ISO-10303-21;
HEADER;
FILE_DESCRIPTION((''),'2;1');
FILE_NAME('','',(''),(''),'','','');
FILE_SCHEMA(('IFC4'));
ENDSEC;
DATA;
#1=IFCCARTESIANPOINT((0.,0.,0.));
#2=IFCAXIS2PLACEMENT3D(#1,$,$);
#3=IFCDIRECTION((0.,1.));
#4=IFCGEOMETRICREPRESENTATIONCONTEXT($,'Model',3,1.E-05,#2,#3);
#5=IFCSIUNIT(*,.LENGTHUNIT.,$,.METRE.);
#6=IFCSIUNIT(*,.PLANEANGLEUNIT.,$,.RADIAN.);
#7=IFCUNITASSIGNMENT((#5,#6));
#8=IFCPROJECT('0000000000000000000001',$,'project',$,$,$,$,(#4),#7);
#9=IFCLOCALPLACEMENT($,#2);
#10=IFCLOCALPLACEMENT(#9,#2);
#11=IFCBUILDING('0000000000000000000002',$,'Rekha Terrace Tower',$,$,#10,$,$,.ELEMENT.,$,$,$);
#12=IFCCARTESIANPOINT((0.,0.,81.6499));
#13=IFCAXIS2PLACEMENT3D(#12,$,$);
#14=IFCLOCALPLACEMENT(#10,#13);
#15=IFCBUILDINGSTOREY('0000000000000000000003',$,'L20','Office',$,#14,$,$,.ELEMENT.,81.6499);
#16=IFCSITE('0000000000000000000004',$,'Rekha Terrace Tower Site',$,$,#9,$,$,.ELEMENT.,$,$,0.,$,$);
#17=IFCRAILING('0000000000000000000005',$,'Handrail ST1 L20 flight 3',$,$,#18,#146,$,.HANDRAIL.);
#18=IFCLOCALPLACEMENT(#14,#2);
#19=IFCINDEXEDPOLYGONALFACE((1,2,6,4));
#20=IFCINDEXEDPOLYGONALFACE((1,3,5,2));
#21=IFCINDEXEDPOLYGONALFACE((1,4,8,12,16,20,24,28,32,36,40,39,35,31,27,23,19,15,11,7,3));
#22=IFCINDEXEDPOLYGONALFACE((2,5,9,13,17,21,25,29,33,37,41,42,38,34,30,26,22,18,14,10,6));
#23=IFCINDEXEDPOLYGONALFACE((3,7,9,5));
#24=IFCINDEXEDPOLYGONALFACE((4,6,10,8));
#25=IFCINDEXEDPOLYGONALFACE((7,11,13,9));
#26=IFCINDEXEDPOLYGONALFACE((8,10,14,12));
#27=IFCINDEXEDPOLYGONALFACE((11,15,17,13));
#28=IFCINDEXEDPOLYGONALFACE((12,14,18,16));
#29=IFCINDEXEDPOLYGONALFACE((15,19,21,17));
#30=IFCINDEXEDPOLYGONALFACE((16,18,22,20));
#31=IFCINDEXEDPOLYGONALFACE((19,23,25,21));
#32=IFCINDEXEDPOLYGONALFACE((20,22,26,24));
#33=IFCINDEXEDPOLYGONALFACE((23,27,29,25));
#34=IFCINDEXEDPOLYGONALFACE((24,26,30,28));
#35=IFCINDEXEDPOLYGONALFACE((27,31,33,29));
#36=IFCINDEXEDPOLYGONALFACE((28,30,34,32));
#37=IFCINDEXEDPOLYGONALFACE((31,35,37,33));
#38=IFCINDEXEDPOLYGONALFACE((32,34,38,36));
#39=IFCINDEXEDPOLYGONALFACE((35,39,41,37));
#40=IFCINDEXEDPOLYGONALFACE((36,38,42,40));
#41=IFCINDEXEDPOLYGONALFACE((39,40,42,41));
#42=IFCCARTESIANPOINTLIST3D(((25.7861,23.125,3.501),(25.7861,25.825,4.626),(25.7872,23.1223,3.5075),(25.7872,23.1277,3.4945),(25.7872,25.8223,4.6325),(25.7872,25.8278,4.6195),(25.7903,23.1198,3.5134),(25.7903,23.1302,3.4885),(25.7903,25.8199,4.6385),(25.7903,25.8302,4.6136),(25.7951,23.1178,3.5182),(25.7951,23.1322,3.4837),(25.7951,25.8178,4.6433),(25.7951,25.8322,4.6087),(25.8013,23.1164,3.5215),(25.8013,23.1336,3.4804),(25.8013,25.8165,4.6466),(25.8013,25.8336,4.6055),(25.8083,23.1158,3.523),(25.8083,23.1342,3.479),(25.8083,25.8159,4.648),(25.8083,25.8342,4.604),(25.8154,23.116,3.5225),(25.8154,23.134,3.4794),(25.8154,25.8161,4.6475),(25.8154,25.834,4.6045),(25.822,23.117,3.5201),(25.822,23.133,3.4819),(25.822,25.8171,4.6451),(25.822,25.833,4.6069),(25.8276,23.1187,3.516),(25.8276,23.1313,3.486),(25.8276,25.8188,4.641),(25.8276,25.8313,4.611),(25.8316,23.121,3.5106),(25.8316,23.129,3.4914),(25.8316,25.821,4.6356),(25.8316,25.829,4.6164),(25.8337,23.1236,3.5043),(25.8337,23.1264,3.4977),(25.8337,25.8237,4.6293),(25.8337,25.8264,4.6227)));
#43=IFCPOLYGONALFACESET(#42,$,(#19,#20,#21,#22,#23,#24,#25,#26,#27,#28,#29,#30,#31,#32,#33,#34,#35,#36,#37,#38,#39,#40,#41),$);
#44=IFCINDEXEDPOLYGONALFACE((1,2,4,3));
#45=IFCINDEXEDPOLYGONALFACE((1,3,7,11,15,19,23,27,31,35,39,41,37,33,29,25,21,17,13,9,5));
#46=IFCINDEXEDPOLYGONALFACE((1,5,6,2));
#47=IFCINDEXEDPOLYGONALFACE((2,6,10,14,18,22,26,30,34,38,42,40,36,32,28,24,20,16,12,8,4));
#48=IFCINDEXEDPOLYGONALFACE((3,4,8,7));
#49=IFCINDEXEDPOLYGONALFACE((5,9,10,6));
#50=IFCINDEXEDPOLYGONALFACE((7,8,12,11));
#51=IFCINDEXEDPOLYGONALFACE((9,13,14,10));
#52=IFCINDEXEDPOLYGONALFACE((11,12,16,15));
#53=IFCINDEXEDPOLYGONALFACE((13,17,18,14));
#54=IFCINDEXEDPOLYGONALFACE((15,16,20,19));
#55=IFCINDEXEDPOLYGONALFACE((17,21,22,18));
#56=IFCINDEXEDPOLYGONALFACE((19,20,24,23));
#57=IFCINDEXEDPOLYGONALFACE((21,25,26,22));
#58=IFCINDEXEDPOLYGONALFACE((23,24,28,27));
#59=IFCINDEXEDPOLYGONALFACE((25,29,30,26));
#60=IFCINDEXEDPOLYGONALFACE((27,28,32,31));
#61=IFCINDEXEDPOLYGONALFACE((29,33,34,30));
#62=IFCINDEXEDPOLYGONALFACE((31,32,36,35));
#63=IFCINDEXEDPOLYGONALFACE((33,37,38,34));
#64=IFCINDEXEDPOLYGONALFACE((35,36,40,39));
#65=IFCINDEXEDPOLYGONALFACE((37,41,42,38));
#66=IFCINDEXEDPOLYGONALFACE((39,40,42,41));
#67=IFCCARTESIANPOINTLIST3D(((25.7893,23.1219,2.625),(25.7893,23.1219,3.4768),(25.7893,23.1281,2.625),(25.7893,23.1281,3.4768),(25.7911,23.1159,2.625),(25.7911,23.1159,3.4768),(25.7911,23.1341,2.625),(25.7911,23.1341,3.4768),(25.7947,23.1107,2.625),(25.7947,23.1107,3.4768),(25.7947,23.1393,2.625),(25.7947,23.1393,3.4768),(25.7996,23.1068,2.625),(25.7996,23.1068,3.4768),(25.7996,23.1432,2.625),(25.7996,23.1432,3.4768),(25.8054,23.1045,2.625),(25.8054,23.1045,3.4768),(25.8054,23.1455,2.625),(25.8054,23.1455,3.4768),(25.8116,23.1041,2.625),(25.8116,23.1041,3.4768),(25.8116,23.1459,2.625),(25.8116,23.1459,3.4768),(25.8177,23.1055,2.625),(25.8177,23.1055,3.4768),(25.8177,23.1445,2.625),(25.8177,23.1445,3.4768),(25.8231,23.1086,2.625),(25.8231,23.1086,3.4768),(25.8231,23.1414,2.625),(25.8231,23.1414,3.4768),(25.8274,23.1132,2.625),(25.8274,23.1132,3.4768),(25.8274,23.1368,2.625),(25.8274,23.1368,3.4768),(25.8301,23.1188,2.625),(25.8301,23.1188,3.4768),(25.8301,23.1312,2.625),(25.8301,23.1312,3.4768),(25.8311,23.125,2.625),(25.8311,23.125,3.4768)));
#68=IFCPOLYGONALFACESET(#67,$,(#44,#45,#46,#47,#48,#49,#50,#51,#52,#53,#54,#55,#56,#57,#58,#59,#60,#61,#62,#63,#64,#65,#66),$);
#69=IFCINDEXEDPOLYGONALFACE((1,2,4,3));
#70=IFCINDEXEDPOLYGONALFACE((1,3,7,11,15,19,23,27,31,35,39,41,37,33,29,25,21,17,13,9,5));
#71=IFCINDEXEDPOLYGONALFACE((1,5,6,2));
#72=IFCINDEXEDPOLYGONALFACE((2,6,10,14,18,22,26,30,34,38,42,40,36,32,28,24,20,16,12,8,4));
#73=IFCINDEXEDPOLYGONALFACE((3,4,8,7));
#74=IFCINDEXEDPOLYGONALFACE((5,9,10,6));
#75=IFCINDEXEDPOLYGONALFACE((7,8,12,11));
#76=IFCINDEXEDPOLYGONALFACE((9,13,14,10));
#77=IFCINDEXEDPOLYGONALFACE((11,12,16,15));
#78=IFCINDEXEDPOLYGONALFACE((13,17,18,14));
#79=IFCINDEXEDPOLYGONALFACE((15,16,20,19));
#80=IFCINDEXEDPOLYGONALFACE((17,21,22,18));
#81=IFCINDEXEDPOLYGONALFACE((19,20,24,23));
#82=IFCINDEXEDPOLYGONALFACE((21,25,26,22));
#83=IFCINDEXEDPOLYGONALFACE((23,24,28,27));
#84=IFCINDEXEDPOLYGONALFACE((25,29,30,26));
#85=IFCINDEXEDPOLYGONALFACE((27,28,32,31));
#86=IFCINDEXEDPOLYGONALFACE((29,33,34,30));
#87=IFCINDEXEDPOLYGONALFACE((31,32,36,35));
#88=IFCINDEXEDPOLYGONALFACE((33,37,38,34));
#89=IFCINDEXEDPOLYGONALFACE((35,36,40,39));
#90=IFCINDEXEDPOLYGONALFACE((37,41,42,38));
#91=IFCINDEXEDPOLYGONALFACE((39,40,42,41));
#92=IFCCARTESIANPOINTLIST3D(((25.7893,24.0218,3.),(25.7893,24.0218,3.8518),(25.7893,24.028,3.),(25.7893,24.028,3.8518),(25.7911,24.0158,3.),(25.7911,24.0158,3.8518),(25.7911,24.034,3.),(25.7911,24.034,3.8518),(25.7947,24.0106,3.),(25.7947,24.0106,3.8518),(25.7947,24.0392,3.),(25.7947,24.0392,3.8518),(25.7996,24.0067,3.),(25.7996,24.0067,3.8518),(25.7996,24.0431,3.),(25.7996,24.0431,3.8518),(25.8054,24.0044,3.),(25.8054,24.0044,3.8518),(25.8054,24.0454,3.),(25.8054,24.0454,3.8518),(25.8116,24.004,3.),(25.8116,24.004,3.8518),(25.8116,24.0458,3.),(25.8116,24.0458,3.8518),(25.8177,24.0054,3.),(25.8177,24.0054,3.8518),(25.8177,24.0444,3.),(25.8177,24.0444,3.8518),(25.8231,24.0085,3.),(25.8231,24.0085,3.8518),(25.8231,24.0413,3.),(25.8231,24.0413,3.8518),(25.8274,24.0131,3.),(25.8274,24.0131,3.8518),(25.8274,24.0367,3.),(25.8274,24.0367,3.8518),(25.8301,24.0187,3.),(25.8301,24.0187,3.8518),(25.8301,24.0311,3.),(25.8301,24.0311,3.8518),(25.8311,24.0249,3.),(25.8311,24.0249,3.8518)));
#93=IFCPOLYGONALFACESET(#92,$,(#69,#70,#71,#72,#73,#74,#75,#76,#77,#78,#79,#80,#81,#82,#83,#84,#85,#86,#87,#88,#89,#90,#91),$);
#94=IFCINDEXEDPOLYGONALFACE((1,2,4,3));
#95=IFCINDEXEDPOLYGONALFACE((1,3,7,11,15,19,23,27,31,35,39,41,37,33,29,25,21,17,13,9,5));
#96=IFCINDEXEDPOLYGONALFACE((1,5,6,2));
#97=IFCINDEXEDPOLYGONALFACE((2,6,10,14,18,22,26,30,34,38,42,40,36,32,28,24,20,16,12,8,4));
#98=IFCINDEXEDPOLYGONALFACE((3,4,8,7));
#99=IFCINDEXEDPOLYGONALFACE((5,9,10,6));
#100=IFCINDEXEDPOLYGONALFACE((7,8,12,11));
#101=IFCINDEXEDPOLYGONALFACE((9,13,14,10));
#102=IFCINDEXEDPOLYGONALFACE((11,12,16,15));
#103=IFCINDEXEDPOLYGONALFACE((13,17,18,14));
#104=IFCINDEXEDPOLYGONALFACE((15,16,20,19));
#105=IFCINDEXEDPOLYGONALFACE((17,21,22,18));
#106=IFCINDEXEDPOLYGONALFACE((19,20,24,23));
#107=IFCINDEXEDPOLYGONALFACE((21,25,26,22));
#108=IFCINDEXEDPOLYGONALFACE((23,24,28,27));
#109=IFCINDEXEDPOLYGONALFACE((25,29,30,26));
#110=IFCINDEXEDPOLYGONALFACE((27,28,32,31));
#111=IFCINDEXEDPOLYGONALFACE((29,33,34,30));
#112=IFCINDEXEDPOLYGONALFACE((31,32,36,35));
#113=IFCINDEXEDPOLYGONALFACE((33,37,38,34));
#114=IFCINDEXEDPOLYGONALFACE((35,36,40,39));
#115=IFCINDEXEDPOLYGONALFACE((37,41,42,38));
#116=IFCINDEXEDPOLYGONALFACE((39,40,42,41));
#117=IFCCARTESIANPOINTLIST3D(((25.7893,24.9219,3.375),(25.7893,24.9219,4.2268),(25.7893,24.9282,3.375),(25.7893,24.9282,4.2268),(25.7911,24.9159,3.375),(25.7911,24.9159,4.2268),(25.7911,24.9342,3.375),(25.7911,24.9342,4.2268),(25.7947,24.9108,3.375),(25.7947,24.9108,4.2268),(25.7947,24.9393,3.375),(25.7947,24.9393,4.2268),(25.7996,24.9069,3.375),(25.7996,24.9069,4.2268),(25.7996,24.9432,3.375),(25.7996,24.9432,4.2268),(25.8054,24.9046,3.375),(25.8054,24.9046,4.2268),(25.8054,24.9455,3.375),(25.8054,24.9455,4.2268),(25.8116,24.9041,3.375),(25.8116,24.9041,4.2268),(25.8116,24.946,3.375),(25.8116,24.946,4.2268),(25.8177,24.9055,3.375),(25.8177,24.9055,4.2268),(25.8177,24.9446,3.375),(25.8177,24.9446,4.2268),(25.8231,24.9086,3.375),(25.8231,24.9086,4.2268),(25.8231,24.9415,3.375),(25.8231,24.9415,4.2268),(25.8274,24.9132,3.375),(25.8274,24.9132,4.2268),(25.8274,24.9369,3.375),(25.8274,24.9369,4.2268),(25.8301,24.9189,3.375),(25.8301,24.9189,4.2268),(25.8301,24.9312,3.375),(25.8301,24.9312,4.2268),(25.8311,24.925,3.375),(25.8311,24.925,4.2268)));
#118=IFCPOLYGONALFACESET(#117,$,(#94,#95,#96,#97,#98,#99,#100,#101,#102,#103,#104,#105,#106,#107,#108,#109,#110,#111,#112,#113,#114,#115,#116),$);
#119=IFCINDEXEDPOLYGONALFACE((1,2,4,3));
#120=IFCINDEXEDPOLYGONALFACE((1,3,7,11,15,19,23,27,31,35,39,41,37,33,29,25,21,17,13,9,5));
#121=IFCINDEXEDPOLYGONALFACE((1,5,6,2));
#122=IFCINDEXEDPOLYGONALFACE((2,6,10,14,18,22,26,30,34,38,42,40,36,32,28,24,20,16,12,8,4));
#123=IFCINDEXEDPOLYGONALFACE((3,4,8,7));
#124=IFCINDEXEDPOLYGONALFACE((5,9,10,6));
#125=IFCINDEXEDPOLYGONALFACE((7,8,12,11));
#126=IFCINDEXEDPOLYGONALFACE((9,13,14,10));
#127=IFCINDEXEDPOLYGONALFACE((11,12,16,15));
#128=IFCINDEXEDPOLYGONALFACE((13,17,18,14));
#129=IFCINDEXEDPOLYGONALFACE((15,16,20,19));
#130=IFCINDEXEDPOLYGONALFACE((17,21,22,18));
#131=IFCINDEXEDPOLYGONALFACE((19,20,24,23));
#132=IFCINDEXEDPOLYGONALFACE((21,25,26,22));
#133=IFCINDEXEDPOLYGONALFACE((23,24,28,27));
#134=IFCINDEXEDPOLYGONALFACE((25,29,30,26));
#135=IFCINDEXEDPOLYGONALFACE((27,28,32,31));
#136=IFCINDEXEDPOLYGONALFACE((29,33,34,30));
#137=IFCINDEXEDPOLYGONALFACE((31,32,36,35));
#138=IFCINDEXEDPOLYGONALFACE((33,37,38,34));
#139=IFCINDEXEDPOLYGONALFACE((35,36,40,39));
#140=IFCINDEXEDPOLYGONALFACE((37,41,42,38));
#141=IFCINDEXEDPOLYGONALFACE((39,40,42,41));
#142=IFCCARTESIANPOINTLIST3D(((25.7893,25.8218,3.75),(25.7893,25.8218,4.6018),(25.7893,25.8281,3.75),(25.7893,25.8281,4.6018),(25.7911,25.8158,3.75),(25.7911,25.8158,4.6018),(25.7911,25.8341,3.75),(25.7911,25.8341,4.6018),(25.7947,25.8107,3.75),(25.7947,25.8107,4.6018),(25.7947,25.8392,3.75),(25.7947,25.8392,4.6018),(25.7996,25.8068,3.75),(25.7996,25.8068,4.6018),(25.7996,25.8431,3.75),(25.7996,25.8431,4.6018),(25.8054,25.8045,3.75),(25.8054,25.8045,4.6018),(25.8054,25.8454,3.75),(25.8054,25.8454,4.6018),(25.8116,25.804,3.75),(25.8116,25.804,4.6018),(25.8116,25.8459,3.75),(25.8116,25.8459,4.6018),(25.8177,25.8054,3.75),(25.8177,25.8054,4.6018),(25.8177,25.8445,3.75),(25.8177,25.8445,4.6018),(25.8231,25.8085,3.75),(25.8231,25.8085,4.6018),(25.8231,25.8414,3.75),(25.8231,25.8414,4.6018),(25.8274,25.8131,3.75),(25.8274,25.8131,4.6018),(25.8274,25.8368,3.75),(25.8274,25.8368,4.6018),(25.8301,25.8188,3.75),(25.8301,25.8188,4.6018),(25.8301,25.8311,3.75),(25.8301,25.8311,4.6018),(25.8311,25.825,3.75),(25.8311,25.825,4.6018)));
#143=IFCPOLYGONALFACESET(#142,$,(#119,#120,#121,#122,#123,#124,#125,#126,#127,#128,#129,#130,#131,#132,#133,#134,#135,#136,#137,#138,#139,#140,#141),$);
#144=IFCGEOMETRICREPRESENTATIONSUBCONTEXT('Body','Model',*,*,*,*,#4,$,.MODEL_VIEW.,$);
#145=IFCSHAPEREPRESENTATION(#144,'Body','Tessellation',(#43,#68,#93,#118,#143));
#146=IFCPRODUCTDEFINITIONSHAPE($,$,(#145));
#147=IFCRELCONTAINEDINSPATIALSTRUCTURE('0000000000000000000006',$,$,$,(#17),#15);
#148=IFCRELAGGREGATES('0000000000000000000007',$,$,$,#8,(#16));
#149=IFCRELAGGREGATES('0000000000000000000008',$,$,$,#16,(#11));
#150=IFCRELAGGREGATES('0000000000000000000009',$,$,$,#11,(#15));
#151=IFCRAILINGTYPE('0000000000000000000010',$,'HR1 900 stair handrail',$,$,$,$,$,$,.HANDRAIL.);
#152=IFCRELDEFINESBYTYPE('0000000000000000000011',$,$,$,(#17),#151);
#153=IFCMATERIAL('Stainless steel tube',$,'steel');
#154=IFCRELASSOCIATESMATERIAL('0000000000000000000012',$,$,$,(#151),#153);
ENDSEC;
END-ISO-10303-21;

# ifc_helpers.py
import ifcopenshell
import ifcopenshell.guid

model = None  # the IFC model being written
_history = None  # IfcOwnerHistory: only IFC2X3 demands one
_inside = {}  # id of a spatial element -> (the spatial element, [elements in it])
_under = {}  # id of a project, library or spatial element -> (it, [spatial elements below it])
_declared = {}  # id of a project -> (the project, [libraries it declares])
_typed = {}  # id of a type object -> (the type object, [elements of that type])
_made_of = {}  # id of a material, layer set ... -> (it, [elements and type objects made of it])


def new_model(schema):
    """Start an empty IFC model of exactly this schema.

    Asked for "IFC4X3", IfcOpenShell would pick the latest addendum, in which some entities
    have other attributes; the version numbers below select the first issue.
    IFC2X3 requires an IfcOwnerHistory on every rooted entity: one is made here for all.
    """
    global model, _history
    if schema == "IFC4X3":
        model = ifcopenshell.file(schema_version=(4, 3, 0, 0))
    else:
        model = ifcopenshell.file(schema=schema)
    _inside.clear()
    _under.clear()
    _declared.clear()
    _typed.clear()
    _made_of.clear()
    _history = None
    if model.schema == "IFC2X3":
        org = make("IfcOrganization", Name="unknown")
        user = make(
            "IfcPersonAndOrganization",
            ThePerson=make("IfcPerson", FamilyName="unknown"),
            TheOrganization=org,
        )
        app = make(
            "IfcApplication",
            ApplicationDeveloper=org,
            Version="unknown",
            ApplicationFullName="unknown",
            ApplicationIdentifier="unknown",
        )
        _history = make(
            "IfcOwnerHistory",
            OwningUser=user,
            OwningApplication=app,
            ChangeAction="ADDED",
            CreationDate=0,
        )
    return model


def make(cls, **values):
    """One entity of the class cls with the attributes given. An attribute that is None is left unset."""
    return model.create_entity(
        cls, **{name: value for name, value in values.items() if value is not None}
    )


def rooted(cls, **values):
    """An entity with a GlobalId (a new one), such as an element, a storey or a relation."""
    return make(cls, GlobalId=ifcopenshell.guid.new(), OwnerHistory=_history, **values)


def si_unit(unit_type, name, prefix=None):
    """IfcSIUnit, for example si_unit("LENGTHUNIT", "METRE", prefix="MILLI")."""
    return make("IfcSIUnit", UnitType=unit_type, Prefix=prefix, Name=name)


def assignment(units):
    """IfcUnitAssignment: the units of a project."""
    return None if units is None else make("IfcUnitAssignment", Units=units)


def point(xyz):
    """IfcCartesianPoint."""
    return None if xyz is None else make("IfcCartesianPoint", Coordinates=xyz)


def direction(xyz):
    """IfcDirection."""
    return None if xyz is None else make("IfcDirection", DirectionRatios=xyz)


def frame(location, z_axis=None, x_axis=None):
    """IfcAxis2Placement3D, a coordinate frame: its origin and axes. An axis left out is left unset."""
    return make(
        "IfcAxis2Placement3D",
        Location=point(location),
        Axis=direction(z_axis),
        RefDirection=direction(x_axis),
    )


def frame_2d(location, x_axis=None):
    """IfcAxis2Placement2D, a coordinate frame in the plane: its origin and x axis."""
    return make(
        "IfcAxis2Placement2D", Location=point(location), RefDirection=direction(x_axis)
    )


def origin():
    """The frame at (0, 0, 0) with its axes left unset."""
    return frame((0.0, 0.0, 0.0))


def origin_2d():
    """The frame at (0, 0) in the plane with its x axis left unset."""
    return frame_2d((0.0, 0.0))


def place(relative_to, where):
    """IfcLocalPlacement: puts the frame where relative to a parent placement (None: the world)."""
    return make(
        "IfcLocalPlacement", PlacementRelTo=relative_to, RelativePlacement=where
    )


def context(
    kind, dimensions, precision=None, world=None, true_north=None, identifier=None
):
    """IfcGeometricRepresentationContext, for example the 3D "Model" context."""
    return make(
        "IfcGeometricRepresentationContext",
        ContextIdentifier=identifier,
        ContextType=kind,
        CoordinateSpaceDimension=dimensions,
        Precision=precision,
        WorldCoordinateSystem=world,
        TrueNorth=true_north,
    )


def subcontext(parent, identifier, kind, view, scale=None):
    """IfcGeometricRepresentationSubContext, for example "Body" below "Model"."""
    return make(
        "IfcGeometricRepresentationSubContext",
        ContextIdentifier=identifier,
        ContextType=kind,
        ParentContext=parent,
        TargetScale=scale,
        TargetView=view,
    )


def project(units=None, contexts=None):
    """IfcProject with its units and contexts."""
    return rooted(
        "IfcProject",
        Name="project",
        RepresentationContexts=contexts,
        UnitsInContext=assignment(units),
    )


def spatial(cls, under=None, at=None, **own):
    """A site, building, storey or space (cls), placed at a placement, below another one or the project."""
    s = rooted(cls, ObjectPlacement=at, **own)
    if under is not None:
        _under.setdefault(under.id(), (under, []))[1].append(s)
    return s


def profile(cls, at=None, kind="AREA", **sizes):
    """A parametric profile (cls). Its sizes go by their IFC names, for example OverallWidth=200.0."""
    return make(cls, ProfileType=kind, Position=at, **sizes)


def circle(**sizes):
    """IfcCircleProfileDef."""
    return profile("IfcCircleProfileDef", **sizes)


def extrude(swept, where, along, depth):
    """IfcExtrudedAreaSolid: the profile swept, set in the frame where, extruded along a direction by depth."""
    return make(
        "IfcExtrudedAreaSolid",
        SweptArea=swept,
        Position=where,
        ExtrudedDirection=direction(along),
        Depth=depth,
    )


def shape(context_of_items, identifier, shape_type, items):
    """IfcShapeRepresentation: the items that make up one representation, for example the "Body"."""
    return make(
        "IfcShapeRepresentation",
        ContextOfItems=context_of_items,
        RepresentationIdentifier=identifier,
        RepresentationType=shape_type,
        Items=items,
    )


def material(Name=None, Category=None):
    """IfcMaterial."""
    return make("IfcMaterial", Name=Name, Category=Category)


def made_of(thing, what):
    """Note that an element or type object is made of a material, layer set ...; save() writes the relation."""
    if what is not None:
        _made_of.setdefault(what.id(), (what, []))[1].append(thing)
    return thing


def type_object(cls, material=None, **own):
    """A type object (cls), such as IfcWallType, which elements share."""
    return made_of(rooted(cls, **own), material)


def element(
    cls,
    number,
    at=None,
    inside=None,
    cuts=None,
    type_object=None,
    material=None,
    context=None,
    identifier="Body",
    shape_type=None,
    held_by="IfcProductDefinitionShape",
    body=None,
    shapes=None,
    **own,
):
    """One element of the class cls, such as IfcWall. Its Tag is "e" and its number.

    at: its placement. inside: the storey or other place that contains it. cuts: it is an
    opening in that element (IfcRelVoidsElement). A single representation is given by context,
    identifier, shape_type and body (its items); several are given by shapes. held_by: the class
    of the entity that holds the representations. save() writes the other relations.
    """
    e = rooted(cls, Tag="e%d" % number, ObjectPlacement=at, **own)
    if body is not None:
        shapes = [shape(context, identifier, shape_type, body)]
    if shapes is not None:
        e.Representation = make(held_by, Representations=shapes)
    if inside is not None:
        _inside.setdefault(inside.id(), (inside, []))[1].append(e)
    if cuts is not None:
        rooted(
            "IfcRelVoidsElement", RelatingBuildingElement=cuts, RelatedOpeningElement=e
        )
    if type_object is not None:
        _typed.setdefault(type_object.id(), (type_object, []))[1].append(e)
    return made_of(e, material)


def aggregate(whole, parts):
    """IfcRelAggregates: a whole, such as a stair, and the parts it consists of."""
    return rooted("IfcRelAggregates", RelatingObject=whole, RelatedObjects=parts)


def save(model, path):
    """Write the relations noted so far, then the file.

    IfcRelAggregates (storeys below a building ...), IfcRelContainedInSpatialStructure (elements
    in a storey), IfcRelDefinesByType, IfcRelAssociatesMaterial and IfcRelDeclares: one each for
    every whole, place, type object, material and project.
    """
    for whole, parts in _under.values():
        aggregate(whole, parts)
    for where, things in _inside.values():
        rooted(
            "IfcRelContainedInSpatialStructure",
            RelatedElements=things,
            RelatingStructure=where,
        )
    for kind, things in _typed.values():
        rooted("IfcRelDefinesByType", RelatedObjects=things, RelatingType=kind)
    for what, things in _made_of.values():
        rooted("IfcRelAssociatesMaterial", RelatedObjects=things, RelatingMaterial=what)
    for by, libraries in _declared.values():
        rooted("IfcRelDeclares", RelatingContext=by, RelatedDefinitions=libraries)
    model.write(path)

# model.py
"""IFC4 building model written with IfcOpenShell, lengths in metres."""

from ifc_helpers import new_model, si_unit, direction, frame, origin, origin_2d, place, context, subcontext, project, spatial, circle, extrude, material, type_object, element, save


model = new_model("IFC4")

# Units and contexts
model_context = context("Model", 3, precision=1e-05, world=origin(), true_north=direction((0.0, 1.0)))
body_context = subcontext(model_context, "Body", "Model", "MODEL_VIEW")
ifc_project = project(units=[si_unit("LENGTHUNIT", "METRE"), si_unit("PLANEANGLEUNIT", "RADIAN")], contexts=[model_context])

# Site, building, storey
site_placement = place(None, origin())
site = spatial("IfcSite", under=ifc_project, at=site_placement, Name="Rekha Terrace Tower Site", CompositionType="ELEMENT", RefElevation=0.0)
building_placement = place(site_placement, origin())
building = spatial("IfcBuilding", under=site, at=building_placement, Name="Rekha Terrace Tower", CompositionType="ELEMENT")
storey_placement = place(building_placement, frame((0.0, 0.0, 81.6499)))
storey = spatial("IfcBuildingStorey", under=building, at=storey_placement, Name="L20", Description="Office", CompositionType="ELEMENT", Elevation=81.6499)

# Railing
ifc_material_1 = material(Name="Stainless steel tube", Category="steel")
railing_type_1 = type_object("IfcRailingType", Name="HR1 900 stair handrail", PredefinedType="HANDRAIL", material=ifc_material_1)
railing_1_placement = place(storey_placement, frame((25.8101, 23.125, 2.625)))
element("IfcRailing", 1, at=railing_1_placement, inside=storey, type_object=railing_type_1, Name="Handrail ST1 L20 flight 3", PredefinedType="HANDRAIL", context=body_context, shape_type="SweptSolid", body=[
    extrude(circle(Radius=0.0239, at=origin_2d()), frame((0.0, 0.0, 0.876), z_axis=(0.0, 0.923074, 0.384621), x_axis=(-1.0, 0.0, 0.0)), (0.0, 0.0, 1.0), 2.925),
    extrude(circle(Radius=0.021, at=origin_2d()), origin(), (0.0, 0.0, 1.0), 0.8518),
    extrude(circle(Radius=0.021, at=origin_2d()), frame((0.0, 0.8999, 0.375)), (0.0, 0.0, 1.0), 0.8518),
    extrude(circle(Radius=0.021, at=origin_2d()), frame((0.0, 1.8, 0.75)), (0.0, 0.0, 1.0), 0.8518),
    extrude(circle(Radius=0.021, at=origin_2d()), frame((0.0, 2.7, 1.125)), (0.0, 0.0, 1.0), 0.8518),
])

save(model, "model.ifc")
